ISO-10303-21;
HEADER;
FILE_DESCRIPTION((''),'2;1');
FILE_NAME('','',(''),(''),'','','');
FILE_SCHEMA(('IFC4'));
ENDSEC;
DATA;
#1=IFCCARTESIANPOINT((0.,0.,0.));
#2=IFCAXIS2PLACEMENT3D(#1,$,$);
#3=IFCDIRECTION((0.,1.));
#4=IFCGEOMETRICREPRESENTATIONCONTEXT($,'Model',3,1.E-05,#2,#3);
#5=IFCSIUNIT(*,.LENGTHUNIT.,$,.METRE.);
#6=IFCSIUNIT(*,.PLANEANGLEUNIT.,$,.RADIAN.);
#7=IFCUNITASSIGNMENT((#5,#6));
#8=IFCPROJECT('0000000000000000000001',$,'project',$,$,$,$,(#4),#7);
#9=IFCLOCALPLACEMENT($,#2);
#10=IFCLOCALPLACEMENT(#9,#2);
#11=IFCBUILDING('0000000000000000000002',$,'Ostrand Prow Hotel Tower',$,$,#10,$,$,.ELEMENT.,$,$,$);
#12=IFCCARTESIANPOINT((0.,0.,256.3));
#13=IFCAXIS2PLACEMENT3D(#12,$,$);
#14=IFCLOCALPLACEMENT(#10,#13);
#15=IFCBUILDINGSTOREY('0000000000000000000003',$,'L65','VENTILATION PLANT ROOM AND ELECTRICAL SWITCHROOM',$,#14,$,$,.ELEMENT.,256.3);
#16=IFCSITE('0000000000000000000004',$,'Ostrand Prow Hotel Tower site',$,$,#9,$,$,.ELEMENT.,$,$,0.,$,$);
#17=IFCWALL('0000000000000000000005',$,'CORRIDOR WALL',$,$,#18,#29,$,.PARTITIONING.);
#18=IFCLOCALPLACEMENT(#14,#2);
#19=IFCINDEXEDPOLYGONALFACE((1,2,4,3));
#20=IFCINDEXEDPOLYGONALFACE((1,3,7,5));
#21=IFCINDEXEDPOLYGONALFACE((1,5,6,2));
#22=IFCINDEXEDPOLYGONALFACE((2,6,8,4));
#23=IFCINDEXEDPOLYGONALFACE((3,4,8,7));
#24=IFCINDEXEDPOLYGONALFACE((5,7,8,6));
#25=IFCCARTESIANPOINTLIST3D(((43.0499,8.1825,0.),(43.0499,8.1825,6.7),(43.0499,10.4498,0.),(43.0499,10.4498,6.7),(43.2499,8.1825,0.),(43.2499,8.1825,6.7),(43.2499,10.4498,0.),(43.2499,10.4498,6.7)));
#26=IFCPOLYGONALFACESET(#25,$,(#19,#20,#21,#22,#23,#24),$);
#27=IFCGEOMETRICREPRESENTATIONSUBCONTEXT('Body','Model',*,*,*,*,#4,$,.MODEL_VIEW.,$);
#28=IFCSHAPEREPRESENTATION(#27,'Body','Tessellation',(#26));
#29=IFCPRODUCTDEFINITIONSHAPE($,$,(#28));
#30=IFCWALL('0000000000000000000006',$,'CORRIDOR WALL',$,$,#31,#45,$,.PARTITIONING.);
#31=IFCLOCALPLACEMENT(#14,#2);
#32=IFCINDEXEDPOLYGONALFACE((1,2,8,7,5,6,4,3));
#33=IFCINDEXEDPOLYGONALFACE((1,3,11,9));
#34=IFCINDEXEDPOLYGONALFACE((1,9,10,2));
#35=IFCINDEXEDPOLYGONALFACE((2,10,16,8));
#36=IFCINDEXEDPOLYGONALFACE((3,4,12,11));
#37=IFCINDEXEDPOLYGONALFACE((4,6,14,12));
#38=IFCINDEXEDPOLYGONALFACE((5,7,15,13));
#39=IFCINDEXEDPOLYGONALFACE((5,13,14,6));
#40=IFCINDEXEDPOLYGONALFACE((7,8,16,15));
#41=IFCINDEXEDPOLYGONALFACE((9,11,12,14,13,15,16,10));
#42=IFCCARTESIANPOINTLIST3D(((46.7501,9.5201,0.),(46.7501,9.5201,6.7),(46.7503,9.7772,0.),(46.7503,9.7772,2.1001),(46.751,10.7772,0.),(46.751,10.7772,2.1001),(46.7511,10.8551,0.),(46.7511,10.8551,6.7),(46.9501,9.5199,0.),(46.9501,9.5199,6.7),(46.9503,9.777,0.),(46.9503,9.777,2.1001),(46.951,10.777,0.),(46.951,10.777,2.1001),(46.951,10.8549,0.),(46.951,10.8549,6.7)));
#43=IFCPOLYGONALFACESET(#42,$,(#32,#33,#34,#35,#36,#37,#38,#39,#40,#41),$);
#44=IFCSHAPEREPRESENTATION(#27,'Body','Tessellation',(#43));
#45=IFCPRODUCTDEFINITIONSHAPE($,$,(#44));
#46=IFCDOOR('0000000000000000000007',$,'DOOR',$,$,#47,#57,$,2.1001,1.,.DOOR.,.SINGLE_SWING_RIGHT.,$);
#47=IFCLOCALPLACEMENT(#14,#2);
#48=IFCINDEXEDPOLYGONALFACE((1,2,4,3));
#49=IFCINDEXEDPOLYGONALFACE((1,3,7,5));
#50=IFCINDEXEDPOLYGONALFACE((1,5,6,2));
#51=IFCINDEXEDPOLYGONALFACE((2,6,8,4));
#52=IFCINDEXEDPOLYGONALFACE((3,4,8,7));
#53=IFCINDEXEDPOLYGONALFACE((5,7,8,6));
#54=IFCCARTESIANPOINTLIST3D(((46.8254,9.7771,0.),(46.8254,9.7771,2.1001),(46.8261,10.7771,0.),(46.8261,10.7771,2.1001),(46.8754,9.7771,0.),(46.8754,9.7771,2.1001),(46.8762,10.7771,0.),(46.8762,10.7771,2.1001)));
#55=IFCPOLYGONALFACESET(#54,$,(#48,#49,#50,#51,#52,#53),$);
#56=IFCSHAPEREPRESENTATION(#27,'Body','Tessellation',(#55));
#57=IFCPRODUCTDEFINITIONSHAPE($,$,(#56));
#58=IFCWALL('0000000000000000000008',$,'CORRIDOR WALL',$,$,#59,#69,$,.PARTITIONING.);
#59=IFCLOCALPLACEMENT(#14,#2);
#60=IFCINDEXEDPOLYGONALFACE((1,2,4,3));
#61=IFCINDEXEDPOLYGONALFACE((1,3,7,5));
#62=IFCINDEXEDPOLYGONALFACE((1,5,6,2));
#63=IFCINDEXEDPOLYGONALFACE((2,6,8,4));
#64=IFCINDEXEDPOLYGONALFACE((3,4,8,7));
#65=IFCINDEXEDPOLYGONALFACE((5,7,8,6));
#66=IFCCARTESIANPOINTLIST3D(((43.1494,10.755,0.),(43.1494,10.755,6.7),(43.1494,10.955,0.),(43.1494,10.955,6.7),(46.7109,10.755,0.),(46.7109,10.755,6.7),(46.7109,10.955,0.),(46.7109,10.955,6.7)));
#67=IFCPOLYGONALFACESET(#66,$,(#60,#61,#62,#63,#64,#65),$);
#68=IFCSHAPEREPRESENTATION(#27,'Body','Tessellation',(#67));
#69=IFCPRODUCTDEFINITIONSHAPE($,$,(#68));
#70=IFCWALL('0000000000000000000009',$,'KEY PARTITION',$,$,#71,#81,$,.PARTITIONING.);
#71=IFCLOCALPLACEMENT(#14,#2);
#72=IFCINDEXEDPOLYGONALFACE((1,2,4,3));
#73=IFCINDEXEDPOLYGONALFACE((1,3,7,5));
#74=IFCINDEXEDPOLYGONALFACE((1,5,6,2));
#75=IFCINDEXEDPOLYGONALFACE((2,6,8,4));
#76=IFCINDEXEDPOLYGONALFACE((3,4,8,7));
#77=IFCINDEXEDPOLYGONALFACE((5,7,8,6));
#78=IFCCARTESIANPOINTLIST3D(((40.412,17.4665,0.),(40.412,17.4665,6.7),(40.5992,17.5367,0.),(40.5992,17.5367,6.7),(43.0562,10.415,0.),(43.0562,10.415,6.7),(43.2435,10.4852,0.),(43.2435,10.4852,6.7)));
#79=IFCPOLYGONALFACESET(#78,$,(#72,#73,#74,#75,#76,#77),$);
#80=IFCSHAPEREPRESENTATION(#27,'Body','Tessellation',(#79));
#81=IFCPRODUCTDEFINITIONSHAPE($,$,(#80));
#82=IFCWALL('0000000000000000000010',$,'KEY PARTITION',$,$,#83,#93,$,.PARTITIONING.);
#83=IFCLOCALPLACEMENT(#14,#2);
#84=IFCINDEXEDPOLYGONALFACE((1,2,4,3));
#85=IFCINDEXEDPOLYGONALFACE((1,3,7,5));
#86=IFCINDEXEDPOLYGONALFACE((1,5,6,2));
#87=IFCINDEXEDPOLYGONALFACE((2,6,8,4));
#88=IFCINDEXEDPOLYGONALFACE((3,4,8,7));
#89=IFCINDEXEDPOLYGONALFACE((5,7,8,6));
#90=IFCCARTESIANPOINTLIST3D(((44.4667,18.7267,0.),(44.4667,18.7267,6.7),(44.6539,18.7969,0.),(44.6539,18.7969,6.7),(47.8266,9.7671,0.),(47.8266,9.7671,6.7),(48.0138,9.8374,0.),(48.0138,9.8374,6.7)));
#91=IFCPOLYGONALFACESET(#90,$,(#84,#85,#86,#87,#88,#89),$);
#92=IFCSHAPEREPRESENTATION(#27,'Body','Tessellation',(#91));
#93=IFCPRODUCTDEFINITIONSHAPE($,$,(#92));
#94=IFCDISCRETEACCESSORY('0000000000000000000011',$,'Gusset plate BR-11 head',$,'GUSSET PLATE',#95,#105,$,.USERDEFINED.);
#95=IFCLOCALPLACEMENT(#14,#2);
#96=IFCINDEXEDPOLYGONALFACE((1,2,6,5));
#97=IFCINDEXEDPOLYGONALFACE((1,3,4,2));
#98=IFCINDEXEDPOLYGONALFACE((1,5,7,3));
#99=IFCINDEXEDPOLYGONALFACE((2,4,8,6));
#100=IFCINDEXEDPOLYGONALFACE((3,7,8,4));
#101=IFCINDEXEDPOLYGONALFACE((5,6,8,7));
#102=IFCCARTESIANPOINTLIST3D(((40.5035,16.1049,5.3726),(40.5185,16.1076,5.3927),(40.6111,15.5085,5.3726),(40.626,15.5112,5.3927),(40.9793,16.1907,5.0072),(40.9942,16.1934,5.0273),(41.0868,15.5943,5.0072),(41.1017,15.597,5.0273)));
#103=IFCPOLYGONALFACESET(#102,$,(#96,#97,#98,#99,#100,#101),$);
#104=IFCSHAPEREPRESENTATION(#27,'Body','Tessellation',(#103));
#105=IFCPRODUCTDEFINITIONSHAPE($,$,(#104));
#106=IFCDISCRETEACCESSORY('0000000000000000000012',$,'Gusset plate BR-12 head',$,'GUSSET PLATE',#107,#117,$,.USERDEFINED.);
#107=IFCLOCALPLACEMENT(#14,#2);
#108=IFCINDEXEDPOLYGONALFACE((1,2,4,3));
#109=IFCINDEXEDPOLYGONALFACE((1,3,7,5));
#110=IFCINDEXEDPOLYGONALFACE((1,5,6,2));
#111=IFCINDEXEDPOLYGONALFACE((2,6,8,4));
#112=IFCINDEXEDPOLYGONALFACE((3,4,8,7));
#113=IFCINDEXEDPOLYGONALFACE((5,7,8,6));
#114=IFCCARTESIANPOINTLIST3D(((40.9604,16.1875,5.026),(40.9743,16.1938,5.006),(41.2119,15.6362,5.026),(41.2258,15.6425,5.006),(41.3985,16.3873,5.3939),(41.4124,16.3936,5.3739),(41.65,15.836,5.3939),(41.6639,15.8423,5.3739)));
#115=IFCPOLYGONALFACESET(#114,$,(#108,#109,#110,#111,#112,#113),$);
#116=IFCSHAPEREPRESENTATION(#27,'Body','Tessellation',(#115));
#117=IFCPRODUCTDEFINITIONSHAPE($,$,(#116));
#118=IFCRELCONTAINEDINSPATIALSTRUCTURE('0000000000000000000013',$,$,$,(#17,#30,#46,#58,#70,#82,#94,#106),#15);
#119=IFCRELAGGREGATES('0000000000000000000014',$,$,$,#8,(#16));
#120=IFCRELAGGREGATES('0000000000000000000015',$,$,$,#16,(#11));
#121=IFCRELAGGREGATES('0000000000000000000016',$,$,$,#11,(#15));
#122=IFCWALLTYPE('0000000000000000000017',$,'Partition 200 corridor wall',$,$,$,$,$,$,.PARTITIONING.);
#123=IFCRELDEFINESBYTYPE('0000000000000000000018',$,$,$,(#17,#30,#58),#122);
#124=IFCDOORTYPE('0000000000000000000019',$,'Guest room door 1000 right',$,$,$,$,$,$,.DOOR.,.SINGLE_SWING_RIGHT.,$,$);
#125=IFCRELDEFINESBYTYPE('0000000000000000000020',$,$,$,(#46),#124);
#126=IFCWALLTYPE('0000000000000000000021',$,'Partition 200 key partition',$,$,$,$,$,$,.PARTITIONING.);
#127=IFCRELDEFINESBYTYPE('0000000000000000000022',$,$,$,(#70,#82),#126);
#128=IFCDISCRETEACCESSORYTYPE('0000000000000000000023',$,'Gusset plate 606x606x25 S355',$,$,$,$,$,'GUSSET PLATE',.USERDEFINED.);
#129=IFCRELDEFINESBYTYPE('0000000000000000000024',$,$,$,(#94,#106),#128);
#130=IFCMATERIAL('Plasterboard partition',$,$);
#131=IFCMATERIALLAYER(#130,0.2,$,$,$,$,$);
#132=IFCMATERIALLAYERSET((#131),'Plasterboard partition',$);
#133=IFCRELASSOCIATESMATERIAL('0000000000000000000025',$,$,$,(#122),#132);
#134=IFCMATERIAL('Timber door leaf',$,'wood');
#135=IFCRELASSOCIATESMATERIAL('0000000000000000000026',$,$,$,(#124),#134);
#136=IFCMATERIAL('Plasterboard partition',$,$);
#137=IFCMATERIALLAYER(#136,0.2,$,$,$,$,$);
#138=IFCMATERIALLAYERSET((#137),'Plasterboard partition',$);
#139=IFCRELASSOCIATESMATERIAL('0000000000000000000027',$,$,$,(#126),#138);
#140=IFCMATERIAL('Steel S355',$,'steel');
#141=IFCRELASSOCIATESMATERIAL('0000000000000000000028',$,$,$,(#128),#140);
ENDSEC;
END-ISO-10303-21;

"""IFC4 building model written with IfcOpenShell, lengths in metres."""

from ifc_helpers import new_model, si_unit, direction, frame, frame_2d, origin, origin_2d, place, context, subcontext, project, spatial, rectangle, extrude, material, layer, layer_set, material_profile, profile_set, type_object, element, fill, save


model = new_model("IFC4")

# Units and contexts
model_context = context("Model", 3, precision=1e-05, world=origin(), true_north=direction((0.0, 1.0)))
body_context = subcontext(model_context, "Body", "Model", "MODEL_VIEW")
ifc_project = project(units=[si_unit("LENGTHUNIT", "METRE"), si_unit("PLANEANGLEUNIT", "RADIAN")], contexts=[model_context])

# Site, building, storey
site_placement = place(None, origin())
site = spatial("IfcSite", under=ifc_project, at=site_placement, Name="Ostrand Prow Hotel Tower site", CompositionType="ELEMENT", RefElevation=0.0)
building_placement = place(site_placement, origin())
building = spatial("IfcBuilding", under=site, at=building_placement, Name="Ostrand Prow Hotel Tower", CompositionType="ELEMENT")
storey_placement = place(building_placement, frame((0.0, 0.0, 256.3)))
storey = spatial("IfcBuildingStorey", under=building, at=storey_placement, Name="L65", Description="VENTILATION PLANT ROOM AND ELECTRICAL SWITCHROOM", CompositionType="ELEMENT", Elevation=256.3)

# Shared definitions
ifc_material_1 = material(Name="Plasterboard partition")
ifc_layer_1 = layer(ifc_material_1, 0.2)
ifc_layer_set_1 = layer_set([ifc_layer_1], Name="Plasterboard partition")
wall_type_1 = type_object("IfcWallType", Name="Partition 200 corridor wall", PredefinedType="PARTITIONING", material=ifc_layer_set_1)
ifc_material_2 = material(Name="Timber door leaf", Category="wood")
door_type_1 = type_object("IfcDoorType", Name="Guest room door 1000 right", OperationType="SINGLE_SWING_RIGHT", PredefinedType="DOOR", material=ifc_material_2)

# Wall
wall_1_placement = place(storey_placement, frame((43.1499, 10.45, 0.0), z_axis=(0.0, 0.0, 1.0), x_axis=(0.0, -1.0, 0.0)))
element("IfcWall", 1, at=wall_1_placement, inside=storey, type_object=wall_type_1, Name="CORRIDOR WALL", PredefinedType="PARTITIONING", context=body_context, shape_type="SweptSolid", body=[
    extrude(rectangle(XDim=2.2673, YDim=0.2, at=frame_2d((1.1338, 0.0))), origin(), (0.0, 0.0, 1.0), 6.7),
])

# Wall, opening, door
wall_2_placement = place(storey_placement, frame((46.8501, 9.52, 0.0), z_axis=(0.0, 0.0, 1.0), x_axis=(0.000732, 1.0, 0.0)))
wall_2 = element("IfcWall", 2, at=wall_2_placement, inside=storey, type_object=wall_type_1, Name="CORRIDOR WALL", PredefinedType="PARTITIONING", context=body_context, shape_type="SweptSolid", body=[
    extrude(rectangle(XDim=1.335, YDim=0.2, at=frame_2d((0.6675, 0.0))), origin(), (0.0, 0.0, 1.0), 6.7),
])
opening_1_placement = place(wall_2_placement, frame((0.2571, 0.0, 0.0)))
opening_1 = element("IfcOpeningElement", 3, at=opening_1_placement, cuts=wall_2, PredefinedType="OPENING", context=body_context, shape_type="SweptSolid", body=[
    extrude(rectangle(XDim=1.0, YDim=2.1001, at=frame_2d((0.5, 1.05))), frame((0.0, 0.1099, 0.0), z_axis=(0.0, -1.0, 0.0), x_axis=(1.0, 0.0, 0.0)), (0.0, 0.0, 1.0), 0.22),
])
door_1_placement = place(opening_1_placement, origin())
door_1 = element("IfcDoor", 4, at=door_1_placement, inside=storey, type_object=door_type_1, Name="DOOR", OperationType="SINGLE_SWING_RIGHT", OverallHeight=2.1001, OverallWidth=1.0, PredefinedType="DOOR", context=body_context, shape_type="SweptSolid", body=[
    extrude(rectangle(XDim=1.0, YDim=2.1001, at=frame_2d((0.5, 1.05))), frame((0.0, 0.0249, 0.0), z_axis=(0.0, -1.0, 0.0), x_axis=(1.0, 0.0, 0.0)), (0.0, 0.0, 1.0), 0.05),
])
fill(opening_1, door_1)

# Walls
wall_3_placement = place(storey_placement, frame((46.7109, 10.855, 0.0), z_axis=(0.0, 0.0, 1.0), x_axis=(-1.0, 0.0, 0.0)))
element("IfcWall", 5, at=wall_3_placement, inside=storey, type_object=wall_type_1, Name="CORRIDOR WALL", PredefinedType="PARTITIONING", context=body_context, shape_type="SweptSolid", body=[
    extrude(rectangle(XDim=3.5615, YDim=0.2, at=frame_2d((1.7808, 0.0))), origin(), (0.0, 0.0, 1.0), 6.7),
])
ifc_material_3 = material(Name="Plasterboard partition")
ifc_layer_2 = layer(ifc_material_3, 0.2)
ifc_layer_set_2 = layer_set([ifc_layer_2], Name="Plasterboard partition")
wall_type_2 = type_object("IfcWallType", Name="Partition 200 key partition", PredefinedType="PARTITIONING", material=ifc_layer_set_2)
wall_4_placement = place(storey_placement, frame((43.1499, 10.45, 0.0), z_axis=(0.0, 0.0, 1.0), x_axis=(-0.35112, 0.936331, 0.0)))
element("IfcWall", 6, at=wall_4_placement, inside=storey, type_object=wall_type_2, Name="KEY PARTITION", PredefinedType="PARTITIONING", context=body_context, shape_type="SweptSolid", body=[
    extrude(rectangle(XDim=7.531, YDim=0.2, at=frame_2d((3.7656, 0.0))), origin(), (0.0, 0.0, 1.0), 6.7),
])
wall_5_placement = place(storey_placement, frame((47.9202, 9.8022, 0.0), z_axis=(0.0, 0.0, 1.0), x_axis=(-0.351129, 0.936327, 0.0)))
element("IfcWall", 7, at=wall_5_placement, inside=storey, type_object=wall_type_2, Name="KEY PARTITION", PredefinedType="PARTITIONING", context=body_context, shape_type="SweptSolid", body=[
    extrude(rectangle(XDim=9.5688, YDim=0.2, at=frame_2d((4.7844, 0.0))), origin(), (0.0, 0.0, 1.0), 6.7),
])

# Discrete accessories
ifc_material_4 = material(Name="Steel S355", Category="steel")
ifc_material_profile_1 = material_profile(ifc_material_4, rectangle(XDim=0.606, YDim=0.606, at=origin_2d()), Name="PL 606x606x25")
ifc_profile_set_1 = profile_set([ifc_material_profile_1], Name="Steel S355")
discrete_accessory_type = type_object("IfcDiscreteAccessoryType", Name="Gusset plate 606x606x25 S355", ElementType="GUSSET PLATE", PredefinedType="USERDEFINED", material=ifc_profile_set_1)
for number, where, z_axis, x_axis, name in (
    (8, (40.7952, 15.8496, 5.1899), (0.593437, 0.107013, 0.797735), (-0.177466, 0.984127, 0.0), "Gusset plate BR-11 head"),
    (9, (41.3191, 16.0181, 5.1899), (-0.552358, -0.251953, 0.79462), (0.415005, -0.909819, 0.0), "Gusset plate BR-12 head"),
):
    element("IfcDiscreteAccessory", number, at=place(storey_placement, frame(where, z_axis=z_axis, x_axis=x_axis)), inside=storey, type_object=discrete_accessory_type, Name=name, ObjectType="GUSSET PLATE", PredefinedType="USERDEFINED", context=body_context, shape_type="SweptSolid", body=[
        extrude(rectangle(XDim=0.606, YDim=0.606, at=origin_2d()), origin(), (0.0, 0.0, 1.0), 0.0251),
    ])

save(model, "model.ifc")
